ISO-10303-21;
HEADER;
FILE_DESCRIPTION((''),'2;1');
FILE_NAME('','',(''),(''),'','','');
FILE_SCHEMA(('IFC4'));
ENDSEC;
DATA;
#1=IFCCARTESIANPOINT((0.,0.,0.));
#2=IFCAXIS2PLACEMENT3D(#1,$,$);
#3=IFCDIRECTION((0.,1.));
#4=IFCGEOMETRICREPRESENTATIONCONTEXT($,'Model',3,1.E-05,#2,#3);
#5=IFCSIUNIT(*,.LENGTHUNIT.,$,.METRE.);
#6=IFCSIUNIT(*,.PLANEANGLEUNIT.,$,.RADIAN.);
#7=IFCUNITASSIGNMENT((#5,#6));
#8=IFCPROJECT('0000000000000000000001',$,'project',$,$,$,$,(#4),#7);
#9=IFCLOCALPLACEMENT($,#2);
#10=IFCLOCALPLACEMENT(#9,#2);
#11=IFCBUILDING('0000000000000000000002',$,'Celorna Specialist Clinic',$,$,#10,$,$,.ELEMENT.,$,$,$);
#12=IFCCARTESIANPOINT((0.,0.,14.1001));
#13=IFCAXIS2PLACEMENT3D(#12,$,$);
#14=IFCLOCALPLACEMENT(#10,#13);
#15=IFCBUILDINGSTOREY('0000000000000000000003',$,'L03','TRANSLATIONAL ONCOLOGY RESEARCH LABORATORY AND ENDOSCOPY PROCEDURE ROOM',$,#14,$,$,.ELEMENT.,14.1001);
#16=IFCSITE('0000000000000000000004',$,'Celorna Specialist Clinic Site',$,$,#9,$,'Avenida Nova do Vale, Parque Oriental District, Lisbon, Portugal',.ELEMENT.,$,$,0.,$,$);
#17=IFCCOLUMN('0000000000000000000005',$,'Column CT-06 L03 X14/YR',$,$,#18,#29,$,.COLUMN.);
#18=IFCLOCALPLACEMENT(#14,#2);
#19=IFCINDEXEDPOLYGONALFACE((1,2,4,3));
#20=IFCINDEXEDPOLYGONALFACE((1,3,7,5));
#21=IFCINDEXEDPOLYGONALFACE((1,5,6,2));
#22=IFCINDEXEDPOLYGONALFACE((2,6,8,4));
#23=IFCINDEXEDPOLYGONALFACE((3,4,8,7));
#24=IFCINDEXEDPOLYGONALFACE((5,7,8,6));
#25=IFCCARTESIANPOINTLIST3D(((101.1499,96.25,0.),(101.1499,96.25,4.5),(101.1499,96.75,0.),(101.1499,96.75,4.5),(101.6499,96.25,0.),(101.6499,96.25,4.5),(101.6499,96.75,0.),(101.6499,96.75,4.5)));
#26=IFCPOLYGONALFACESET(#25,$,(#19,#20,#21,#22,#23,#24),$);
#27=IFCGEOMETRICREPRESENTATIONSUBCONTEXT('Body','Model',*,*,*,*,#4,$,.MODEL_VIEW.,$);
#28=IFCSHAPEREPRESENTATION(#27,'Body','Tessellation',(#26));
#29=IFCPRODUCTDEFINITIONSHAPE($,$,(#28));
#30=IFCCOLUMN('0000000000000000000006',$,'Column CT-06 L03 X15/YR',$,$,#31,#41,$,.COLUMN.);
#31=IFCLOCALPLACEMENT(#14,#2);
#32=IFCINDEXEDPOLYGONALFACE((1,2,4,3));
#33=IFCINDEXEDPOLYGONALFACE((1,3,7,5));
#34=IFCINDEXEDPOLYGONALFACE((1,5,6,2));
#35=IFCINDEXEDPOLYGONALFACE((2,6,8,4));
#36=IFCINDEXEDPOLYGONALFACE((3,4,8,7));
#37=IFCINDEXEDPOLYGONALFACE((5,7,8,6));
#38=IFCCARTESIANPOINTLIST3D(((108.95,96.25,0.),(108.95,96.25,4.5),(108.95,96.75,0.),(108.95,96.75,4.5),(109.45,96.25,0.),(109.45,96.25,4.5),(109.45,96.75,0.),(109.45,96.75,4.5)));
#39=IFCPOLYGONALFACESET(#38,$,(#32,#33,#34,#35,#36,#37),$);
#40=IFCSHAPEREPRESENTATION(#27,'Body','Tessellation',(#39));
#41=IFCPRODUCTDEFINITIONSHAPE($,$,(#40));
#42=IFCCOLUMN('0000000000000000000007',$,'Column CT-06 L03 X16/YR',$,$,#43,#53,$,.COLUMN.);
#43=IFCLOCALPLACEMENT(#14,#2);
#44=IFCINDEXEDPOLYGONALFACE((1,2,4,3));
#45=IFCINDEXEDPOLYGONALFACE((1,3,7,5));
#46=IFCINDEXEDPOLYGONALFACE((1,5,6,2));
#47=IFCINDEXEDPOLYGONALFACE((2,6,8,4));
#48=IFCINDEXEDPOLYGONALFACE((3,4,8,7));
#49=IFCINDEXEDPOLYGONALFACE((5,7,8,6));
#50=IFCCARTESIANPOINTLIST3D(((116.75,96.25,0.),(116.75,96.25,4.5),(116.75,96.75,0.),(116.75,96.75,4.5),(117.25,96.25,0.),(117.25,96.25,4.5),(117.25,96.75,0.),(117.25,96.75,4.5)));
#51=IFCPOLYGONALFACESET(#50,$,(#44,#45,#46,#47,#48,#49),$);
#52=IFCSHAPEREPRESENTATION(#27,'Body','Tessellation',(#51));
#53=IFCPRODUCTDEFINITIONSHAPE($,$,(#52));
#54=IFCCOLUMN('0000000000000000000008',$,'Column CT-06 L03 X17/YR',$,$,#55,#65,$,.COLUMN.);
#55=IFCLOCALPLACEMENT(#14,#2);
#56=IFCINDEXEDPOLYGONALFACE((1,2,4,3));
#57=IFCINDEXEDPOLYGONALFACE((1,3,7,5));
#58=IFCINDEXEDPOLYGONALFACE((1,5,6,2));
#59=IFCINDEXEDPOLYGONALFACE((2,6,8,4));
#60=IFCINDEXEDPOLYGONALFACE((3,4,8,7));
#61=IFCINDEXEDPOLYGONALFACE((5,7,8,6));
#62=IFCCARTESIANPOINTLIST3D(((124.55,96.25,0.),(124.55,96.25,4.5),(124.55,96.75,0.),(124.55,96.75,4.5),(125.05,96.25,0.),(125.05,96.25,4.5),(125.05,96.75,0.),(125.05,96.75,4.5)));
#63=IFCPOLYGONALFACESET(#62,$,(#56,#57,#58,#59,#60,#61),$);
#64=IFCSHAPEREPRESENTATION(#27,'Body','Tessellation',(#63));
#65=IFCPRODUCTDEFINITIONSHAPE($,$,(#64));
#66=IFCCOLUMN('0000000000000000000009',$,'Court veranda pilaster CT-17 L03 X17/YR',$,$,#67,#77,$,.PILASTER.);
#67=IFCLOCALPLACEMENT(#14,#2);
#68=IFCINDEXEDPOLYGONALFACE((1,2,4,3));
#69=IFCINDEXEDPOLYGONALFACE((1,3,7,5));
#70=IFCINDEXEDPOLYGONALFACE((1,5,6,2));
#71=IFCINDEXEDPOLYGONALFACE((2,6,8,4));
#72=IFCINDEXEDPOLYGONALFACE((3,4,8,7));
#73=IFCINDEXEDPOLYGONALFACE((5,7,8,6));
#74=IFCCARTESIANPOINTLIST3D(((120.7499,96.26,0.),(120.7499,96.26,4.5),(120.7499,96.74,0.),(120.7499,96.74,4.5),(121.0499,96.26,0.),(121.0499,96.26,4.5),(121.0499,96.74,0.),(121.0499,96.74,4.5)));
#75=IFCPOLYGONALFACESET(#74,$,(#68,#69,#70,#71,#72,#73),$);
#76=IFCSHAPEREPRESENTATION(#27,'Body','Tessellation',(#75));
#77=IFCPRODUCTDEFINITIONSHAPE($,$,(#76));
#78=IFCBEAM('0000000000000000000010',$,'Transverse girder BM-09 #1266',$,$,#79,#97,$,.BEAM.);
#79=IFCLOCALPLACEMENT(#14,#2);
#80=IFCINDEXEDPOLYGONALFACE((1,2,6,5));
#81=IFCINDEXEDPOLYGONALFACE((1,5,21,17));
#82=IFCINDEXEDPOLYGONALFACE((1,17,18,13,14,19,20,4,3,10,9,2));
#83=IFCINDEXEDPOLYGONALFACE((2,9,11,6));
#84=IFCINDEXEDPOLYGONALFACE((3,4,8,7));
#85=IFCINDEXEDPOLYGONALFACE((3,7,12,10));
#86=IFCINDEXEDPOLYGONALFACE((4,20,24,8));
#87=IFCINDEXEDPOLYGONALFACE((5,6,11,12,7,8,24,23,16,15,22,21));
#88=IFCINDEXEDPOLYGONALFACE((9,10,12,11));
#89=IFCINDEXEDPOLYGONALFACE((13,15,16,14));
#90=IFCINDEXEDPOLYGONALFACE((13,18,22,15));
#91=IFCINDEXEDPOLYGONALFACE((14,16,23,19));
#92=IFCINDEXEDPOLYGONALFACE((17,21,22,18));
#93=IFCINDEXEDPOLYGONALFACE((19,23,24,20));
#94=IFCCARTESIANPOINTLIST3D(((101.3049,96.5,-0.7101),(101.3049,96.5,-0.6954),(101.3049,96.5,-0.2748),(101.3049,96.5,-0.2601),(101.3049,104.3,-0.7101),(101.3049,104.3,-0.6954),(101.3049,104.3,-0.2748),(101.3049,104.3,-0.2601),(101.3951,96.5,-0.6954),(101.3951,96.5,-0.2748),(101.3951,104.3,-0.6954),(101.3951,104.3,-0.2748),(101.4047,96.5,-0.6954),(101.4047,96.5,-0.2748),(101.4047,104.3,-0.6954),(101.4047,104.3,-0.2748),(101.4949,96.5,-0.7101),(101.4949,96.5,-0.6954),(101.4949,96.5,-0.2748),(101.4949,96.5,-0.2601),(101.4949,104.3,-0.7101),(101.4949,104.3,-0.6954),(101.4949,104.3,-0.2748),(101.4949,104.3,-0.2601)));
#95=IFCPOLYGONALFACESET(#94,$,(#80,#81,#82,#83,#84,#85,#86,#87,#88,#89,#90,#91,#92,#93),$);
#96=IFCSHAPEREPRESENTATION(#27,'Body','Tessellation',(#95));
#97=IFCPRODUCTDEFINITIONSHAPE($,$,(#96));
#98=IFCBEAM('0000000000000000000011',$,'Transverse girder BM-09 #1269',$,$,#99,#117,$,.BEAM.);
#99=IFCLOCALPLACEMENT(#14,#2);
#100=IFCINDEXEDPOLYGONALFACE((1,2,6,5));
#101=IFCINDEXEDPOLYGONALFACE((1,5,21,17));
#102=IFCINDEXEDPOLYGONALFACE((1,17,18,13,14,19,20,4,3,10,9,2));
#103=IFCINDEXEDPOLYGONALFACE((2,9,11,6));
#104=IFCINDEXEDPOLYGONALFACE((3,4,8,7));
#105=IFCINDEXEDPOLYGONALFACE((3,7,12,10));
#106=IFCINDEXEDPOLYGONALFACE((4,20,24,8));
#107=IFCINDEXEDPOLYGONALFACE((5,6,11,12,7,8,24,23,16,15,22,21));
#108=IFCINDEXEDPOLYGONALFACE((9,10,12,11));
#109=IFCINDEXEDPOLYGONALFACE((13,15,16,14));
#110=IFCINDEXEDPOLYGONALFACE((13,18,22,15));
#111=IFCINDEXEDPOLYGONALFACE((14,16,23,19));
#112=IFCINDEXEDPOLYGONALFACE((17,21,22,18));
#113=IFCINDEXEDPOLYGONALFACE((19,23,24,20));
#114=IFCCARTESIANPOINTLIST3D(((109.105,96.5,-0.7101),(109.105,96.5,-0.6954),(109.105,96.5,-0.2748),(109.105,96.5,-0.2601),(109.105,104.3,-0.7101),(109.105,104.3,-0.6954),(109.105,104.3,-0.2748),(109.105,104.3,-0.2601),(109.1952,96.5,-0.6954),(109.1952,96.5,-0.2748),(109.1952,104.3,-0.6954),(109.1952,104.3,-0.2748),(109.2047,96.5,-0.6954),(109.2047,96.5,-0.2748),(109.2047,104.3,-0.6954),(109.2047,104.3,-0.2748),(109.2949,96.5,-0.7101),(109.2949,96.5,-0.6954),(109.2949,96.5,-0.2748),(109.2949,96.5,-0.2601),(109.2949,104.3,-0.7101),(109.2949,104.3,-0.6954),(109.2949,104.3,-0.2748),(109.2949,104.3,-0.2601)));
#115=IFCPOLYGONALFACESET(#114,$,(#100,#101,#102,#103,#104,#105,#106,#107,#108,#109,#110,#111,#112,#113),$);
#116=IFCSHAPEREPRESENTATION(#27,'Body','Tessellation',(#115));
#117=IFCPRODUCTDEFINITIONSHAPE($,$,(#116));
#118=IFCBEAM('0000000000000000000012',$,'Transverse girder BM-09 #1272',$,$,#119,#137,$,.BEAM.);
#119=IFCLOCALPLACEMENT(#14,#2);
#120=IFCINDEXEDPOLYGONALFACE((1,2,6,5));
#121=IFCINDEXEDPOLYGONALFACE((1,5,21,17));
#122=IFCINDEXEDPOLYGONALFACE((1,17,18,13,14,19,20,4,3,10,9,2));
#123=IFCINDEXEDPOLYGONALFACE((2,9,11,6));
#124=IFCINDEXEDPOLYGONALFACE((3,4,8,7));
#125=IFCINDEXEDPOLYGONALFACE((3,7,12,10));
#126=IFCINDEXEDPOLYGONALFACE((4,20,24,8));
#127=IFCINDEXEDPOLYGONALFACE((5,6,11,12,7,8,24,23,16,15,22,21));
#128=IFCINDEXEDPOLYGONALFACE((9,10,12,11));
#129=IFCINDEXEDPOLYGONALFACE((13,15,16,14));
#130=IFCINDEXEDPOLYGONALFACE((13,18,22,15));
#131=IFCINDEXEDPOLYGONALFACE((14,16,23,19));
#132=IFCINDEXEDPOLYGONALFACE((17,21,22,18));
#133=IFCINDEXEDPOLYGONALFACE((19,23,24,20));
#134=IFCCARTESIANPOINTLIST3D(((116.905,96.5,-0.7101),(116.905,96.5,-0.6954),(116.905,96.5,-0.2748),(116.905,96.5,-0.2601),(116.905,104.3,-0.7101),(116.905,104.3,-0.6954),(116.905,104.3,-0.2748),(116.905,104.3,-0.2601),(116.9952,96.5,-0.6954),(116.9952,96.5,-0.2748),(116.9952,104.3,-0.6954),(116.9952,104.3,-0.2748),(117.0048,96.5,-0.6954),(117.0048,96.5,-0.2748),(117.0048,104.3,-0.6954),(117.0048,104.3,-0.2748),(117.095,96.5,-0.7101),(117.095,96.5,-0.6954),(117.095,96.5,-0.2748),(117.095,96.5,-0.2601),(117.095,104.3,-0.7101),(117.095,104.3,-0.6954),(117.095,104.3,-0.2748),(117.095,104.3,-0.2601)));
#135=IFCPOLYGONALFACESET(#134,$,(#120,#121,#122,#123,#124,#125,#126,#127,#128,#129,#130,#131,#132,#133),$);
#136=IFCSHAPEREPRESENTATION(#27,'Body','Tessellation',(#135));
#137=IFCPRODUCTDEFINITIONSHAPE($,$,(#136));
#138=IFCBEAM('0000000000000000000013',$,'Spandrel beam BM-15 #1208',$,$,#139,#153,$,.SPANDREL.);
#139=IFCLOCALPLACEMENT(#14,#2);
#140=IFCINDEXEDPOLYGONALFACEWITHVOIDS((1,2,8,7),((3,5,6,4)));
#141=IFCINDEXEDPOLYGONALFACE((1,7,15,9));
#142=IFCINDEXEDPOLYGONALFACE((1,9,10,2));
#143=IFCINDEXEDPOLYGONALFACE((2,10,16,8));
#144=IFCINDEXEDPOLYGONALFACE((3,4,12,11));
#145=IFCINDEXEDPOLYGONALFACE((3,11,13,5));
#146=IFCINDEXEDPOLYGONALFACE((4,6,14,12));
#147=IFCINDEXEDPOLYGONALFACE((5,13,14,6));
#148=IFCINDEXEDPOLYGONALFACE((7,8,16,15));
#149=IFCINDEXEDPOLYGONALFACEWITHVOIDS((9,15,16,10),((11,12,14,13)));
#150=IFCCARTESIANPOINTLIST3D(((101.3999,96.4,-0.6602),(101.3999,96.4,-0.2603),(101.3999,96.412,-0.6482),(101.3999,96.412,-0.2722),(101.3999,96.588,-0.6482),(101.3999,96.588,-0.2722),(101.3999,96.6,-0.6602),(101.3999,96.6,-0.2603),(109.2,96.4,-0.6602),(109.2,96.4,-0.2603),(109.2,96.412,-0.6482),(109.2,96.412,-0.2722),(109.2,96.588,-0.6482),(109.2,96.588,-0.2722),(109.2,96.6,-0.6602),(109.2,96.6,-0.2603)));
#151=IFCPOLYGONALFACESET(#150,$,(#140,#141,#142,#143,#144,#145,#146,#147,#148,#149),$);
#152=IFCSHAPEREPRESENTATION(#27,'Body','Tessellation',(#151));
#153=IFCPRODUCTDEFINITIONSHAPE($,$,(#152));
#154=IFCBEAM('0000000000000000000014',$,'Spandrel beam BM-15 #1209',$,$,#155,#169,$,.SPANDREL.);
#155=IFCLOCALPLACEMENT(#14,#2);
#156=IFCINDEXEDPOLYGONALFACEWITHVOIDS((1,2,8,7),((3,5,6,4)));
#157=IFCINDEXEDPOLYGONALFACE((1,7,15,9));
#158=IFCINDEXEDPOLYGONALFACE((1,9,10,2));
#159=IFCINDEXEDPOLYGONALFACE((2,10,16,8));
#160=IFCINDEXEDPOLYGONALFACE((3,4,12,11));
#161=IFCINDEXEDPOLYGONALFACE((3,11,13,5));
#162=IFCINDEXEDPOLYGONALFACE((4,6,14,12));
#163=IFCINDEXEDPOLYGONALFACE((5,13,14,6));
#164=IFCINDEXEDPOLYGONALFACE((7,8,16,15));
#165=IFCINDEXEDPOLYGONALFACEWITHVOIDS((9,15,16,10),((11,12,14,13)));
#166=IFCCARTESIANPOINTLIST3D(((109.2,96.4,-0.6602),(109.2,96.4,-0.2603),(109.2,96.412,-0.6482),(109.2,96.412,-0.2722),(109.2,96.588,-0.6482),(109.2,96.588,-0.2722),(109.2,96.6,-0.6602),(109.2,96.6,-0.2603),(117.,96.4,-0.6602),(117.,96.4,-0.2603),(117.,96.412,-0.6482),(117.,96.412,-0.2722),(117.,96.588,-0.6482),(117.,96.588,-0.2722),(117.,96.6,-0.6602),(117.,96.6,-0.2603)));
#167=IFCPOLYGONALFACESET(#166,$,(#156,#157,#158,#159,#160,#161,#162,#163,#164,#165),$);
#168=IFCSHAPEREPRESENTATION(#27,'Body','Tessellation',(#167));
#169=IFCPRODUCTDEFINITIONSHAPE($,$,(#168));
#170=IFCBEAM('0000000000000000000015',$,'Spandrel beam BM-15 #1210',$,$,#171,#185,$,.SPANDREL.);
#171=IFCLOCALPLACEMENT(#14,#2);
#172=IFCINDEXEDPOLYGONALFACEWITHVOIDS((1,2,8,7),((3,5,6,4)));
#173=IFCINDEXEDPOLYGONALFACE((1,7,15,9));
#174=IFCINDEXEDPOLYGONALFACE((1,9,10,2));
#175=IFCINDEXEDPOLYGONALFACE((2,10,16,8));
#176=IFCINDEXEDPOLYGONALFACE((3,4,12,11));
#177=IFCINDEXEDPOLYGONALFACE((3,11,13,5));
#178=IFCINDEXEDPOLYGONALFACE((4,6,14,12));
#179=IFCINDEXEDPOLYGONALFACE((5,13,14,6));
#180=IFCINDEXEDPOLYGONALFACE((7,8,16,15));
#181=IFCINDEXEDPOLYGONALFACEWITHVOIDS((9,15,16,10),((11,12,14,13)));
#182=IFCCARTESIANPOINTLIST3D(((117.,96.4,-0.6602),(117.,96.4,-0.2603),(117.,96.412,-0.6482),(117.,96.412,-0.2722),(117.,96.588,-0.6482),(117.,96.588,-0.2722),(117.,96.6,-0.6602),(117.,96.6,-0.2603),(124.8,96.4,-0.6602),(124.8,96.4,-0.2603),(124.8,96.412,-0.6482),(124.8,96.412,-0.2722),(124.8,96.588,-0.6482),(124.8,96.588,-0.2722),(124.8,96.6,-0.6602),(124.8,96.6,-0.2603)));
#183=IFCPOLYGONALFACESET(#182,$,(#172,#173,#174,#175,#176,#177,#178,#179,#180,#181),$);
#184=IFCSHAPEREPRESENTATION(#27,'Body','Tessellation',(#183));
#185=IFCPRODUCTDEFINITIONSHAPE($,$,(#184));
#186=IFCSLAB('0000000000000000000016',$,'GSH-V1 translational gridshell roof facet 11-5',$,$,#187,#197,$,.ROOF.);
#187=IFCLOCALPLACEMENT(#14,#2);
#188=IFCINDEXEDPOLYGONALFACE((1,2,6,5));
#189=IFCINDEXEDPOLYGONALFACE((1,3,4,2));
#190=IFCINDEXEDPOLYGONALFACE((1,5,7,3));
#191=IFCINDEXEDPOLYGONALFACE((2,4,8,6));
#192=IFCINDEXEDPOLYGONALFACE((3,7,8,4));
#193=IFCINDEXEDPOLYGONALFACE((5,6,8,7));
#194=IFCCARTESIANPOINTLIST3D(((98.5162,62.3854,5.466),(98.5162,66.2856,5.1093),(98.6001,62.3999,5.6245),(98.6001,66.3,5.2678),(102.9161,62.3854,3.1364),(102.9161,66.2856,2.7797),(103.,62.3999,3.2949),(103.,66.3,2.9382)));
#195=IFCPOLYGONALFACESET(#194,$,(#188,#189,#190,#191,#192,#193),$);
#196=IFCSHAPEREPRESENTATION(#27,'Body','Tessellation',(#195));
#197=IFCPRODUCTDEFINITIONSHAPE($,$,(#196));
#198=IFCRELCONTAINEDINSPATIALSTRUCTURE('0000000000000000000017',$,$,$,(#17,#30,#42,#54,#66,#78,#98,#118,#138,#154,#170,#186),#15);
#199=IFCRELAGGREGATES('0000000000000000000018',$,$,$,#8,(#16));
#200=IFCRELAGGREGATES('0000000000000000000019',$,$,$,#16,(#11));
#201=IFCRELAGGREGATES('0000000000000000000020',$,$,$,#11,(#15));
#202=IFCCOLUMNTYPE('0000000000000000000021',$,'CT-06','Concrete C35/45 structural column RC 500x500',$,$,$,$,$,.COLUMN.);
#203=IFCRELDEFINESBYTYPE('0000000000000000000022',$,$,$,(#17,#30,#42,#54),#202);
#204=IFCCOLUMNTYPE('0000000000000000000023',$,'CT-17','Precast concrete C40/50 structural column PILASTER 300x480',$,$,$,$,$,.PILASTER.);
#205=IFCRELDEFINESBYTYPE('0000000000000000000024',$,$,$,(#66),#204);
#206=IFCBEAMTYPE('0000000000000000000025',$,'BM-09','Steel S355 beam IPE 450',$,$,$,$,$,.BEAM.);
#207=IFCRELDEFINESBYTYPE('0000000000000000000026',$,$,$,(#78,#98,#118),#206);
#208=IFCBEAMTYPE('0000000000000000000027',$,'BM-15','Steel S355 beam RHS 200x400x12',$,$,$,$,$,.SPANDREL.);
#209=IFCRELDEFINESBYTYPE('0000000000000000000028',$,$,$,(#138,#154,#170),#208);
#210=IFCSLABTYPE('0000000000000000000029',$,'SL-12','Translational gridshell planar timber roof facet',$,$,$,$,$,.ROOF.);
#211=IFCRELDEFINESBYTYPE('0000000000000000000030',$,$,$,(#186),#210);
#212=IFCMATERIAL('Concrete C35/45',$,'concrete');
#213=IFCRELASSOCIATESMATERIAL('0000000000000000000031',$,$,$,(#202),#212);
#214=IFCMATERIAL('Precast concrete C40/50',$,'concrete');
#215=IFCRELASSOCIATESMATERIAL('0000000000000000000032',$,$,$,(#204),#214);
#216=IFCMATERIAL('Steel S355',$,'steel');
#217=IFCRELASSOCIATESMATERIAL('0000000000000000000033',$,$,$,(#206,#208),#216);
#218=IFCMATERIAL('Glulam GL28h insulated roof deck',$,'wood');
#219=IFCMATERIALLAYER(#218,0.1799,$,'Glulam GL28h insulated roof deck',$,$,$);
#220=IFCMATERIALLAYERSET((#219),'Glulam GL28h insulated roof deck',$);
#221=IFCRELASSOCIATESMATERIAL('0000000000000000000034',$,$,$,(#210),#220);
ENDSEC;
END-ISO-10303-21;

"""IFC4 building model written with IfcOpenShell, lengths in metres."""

from ifc_helpers import new_model, si_unit, direction, frame, origin, origin_2d, place, context, subcontext, project, spatial, polyline, rectangle, hollow_rectangle, i_section, outline, extrude, material, layer, layer_set, material_profile, profile_set, type_object, element, save


model = new_model("IFC4")

# Units and contexts
model_context = context("Model", 3, precision=1e-05, world=origin(), true_north=direction((0.0, 1.0)))
body_context = subcontext(model_context, "Body", "Model", "MODEL_VIEW")
ifc_project = project(units=[si_unit("LENGTHUNIT", "METRE"), si_unit("PLANEANGLEUNIT", "RADIAN")], contexts=[model_context])

# Site, building, storey
site_placement = place(None, origin())
site = spatial("IfcSite", under=ifc_project, at=site_placement, Name="Celorna Specialist Clinic Site", LongName="Avenida Nova do Vale, Parque Oriental District, Lisbon, Portugal", CompositionType="ELEMENT", RefElevation=0.0)
building_placement = place(site_placement, origin())
building = spatial("IfcBuilding", under=site, at=building_placement, Name="Celorna Specialist Clinic", CompositionType="ELEMENT")
storey_placement = place(building_placement, frame((0.0, 0.0, 14.1001)))
storey = spatial("IfcBuildingStorey", under=building, at=storey_placement, Name="L03", Description="TRANSLATIONAL ONCOLOGY RESEARCH LABORATORY AND ENDOSCOPY PROCEDURE ROOM", CompositionType="ELEMENT", Elevation=14.1001)

# Columns
ifc_material_1 = material(Name="Concrete C35/45", Category="concrete")
ifc_material_profile_1 = material_profile(ifc_material_1, rectangle(XDim=0.5, YDim=0.5, at=origin_2d()), Name="RC 500x500")
ifc_profile_set_1 = profile_set([ifc_material_profile_1], Name="Concrete C35/45")
column_type_1 = type_object("IfcColumnType", Name="CT-06", Description="Concrete C35/45 structural column RC 500x500", PredefinedType="COLUMN", material=ifc_profile_set_1)
for number, where, z_axis, x_axis, name in (
    (1, (101.3999, 96.5, 0.0), (0.0, 0.0, 1.0), (1.0, 0.0, 0.0), "Column CT-06 L03 X14/YR"),
    (2, (109.2, 96.5, 0.0), (0.0, 0.0, 1.0), (1.0, 0.0, 0.0), "Column CT-06 L03 X15/YR"),
    (3, (117.0, 96.5, 0.0), (0.0, 0.0, 1.0), (1.0, 0.0, 0.0), "Column CT-06 L03 X16/YR"),
    (4, (124.8, 96.5, 0.0), (0.0, 0.0, 1.0), (1.0, 0.0, 0.0), "Column CT-06 L03 X17/YR"),
):
    element("IfcColumn", number, at=place(storey_placement, frame(where, z_axis=z_axis, x_axis=x_axis)), inside=storey, type_object=column_type_1, Name=name, PredefinedType="COLUMN", context=body_context, shape_type="SweptSolid", body=[
        extrude(rectangle(XDim=0.5, YDim=0.5, at=origin_2d()), origin(), (0.0, 0.0, 1.0), 4.5),
    ])
ifc_material_2 = material(Name="Precast concrete C40/50", Category="concrete")
ifc_material_profile_2 = material_profile(ifc_material_2, rectangle(XDim=0.3, YDim=0.48, at=origin_2d()), Name="PILASTER 300x480")
ifc_profile_set_2 = profile_set([ifc_material_profile_2], Name="Precast concrete C40/50")
column_type_2 = type_object("IfcColumnType", Name="CT-17", Description="Precast concrete C40/50 structural column PILASTER 300x480", PredefinedType="PILASTER", material=ifc_profile_set_2)
column_placement = place(storey_placement, frame((120.8999, 96.5, 0.0), z_axis=(0.0, 0.0, 1.0), x_axis=(1.0, 0.0, 0.0)))
element("IfcColumn", 5, at=column_placement, inside=storey, type_object=column_type_2, Name="Court veranda pilaster CT-17 L03 X17/YR", PredefinedType="PILASTER", context=body_context, shape_type="SweptSolid", body=[
    extrude(rectangle(XDim=0.3, YDim=0.48, at=origin_2d()), origin(), (0.0, 0.0, 1.0), 4.5),
])

# Beams
ifc_material_3 = material(Name="Steel S355", Category="steel")
ifc_material_profile_3 = material_profile(ifc_material_3, i_section(OverallWidth=0.1899, OverallDepth=0.45, WebThickness=0.0095, FlangeThickness=0.0146, at=origin_2d()), Name="IPE 450")
ifc_profile_set_3 = profile_set([ifc_material_profile_3], Name="Steel S355")
beam_type_1 = type_object("IfcBeamType", Name="BM-09", Description="Steel S355 beam IPE 450", PredefinedType="BEAM", material=ifc_profile_set_3)
for number, where, z_axis, x_axis, name in (
    (6, (101.3999, 96.5, -0.4851), (0.0, 1.0, 0.0), (-1.0, 0.0, 0.0), "Transverse girder BM-09 #1266"),
    (7, (109.2, 96.5, -0.4851), (0.0, 1.0, 0.0), (-1.0, 0.0, 0.0), "Transverse girder BM-09 #1269"),
    (8, (117.0, 96.5, -0.4851), (0.0, 1.0, 0.0), (-1.0, 0.0, 0.0), "Transverse girder BM-09 #1272"),
):
    element("IfcBeam", number, at=place(storey_placement, frame(where, z_axis=z_axis, x_axis=x_axis)), inside=storey, type_object=beam_type_1, Name=name, PredefinedType="BEAM", context=body_context, shape_type="SweptSolid", body=[
        extrude(i_section(OverallWidth=0.1899, OverallDepth=0.45, WebThickness=0.0095, FlangeThickness=0.0146, at=origin_2d()), origin(), (0.0, 0.0, 1.0), 7.8),
    ])
ifc_material_profile_4 = material_profile(ifc_material_3, hollow_rectangle(XDim=0.2, YDim=0.3999, WallThickness=0.012, at=origin_2d()), Name="RHS 200x400x12")
ifc_profile_set_4 = profile_set([ifc_material_profile_4], Name="Steel S355")
beam_type_2 = type_object("IfcBeamType", Name="BM-15", Description="Steel S355 beam RHS 200x400x12", PredefinedType="SPANDREL", material=ifc_profile_set_4)
for number, where, z_axis, x_axis, name in (
    (9, (101.3999, 96.5, -0.4602), (1.0, 0.0, 0.0), (0.0, 1.0, 0.0), "Spandrel beam BM-15 #1208"),
    (10, (109.2, 96.5, -0.4602), (1.0, 0.0, 0.0), (0.0, 1.0, 0.0), "Spandrel beam BM-15 #1209"),
    (11, (117.0, 96.5, -0.4602), (1.0, 0.0, 0.0), (0.0, 1.0, 0.0), "Spandrel beam BM-15 #1210"),
):
    element("IfcBeam", number, at=place(storey_placement, frame(where, z_axis=z_axis, x_axis=x_axis)), inside=storey, type_object=beam_type_2, Name=name, PredefinedType="SPANDREL", context=body_context, shape_type="SweptSolid", body=[
        extrude(hollow_rectangle(XDim=0.2, YDim=0.3999, WallThickness=0.012, at=origin_2d()), origin(), (0.0, 0.0, 1.0), 7.8),
    ])

# Slab
ifc_material_4 = material(Name="Glulam GL28h insulated roof deck", Category="wood")
ifc_layer_1 = layer(ifc_material_4, 0.1799, Name="Glulam GL28h insulated roof deck")
ifc_layer_set_1 = layer_set([ifc_layer_1], Name="Glulam GL28h insulated roof deck")
slab_type = type_object("IfcSlabType", Name="SL-12", Description="Translational gridshell planar timber roof facet", PredefinedType="ROOF", material=ifc_layer_set_1)
slab_1_placement = place(storey_placement, frame((98.6001, 62.3999, 5.6245), z_axis=(0.466403, 0.080563, 0.880896), x_axis=(0.883769, 0.0, -0.467924)))
element("IfcSlab", 12, at=slab_1_placement, inside=storey, type_object=slab_type, Name="GSH-V1 translational gridshell roof facet 11-5", PredefinedType="ROOF", context=body_context, shape_type="SweptSolid", body=[
    extrude(outline(polyline([(0.0, 0.0), (4.9786, 0.0), (5.1455, 3.9129), (0.1669, 3.9129), (0.0, 0.0)])), origin(), (0.0, 0.0, -1.0), 0.1799),
])

save(model, "model.ifc")
